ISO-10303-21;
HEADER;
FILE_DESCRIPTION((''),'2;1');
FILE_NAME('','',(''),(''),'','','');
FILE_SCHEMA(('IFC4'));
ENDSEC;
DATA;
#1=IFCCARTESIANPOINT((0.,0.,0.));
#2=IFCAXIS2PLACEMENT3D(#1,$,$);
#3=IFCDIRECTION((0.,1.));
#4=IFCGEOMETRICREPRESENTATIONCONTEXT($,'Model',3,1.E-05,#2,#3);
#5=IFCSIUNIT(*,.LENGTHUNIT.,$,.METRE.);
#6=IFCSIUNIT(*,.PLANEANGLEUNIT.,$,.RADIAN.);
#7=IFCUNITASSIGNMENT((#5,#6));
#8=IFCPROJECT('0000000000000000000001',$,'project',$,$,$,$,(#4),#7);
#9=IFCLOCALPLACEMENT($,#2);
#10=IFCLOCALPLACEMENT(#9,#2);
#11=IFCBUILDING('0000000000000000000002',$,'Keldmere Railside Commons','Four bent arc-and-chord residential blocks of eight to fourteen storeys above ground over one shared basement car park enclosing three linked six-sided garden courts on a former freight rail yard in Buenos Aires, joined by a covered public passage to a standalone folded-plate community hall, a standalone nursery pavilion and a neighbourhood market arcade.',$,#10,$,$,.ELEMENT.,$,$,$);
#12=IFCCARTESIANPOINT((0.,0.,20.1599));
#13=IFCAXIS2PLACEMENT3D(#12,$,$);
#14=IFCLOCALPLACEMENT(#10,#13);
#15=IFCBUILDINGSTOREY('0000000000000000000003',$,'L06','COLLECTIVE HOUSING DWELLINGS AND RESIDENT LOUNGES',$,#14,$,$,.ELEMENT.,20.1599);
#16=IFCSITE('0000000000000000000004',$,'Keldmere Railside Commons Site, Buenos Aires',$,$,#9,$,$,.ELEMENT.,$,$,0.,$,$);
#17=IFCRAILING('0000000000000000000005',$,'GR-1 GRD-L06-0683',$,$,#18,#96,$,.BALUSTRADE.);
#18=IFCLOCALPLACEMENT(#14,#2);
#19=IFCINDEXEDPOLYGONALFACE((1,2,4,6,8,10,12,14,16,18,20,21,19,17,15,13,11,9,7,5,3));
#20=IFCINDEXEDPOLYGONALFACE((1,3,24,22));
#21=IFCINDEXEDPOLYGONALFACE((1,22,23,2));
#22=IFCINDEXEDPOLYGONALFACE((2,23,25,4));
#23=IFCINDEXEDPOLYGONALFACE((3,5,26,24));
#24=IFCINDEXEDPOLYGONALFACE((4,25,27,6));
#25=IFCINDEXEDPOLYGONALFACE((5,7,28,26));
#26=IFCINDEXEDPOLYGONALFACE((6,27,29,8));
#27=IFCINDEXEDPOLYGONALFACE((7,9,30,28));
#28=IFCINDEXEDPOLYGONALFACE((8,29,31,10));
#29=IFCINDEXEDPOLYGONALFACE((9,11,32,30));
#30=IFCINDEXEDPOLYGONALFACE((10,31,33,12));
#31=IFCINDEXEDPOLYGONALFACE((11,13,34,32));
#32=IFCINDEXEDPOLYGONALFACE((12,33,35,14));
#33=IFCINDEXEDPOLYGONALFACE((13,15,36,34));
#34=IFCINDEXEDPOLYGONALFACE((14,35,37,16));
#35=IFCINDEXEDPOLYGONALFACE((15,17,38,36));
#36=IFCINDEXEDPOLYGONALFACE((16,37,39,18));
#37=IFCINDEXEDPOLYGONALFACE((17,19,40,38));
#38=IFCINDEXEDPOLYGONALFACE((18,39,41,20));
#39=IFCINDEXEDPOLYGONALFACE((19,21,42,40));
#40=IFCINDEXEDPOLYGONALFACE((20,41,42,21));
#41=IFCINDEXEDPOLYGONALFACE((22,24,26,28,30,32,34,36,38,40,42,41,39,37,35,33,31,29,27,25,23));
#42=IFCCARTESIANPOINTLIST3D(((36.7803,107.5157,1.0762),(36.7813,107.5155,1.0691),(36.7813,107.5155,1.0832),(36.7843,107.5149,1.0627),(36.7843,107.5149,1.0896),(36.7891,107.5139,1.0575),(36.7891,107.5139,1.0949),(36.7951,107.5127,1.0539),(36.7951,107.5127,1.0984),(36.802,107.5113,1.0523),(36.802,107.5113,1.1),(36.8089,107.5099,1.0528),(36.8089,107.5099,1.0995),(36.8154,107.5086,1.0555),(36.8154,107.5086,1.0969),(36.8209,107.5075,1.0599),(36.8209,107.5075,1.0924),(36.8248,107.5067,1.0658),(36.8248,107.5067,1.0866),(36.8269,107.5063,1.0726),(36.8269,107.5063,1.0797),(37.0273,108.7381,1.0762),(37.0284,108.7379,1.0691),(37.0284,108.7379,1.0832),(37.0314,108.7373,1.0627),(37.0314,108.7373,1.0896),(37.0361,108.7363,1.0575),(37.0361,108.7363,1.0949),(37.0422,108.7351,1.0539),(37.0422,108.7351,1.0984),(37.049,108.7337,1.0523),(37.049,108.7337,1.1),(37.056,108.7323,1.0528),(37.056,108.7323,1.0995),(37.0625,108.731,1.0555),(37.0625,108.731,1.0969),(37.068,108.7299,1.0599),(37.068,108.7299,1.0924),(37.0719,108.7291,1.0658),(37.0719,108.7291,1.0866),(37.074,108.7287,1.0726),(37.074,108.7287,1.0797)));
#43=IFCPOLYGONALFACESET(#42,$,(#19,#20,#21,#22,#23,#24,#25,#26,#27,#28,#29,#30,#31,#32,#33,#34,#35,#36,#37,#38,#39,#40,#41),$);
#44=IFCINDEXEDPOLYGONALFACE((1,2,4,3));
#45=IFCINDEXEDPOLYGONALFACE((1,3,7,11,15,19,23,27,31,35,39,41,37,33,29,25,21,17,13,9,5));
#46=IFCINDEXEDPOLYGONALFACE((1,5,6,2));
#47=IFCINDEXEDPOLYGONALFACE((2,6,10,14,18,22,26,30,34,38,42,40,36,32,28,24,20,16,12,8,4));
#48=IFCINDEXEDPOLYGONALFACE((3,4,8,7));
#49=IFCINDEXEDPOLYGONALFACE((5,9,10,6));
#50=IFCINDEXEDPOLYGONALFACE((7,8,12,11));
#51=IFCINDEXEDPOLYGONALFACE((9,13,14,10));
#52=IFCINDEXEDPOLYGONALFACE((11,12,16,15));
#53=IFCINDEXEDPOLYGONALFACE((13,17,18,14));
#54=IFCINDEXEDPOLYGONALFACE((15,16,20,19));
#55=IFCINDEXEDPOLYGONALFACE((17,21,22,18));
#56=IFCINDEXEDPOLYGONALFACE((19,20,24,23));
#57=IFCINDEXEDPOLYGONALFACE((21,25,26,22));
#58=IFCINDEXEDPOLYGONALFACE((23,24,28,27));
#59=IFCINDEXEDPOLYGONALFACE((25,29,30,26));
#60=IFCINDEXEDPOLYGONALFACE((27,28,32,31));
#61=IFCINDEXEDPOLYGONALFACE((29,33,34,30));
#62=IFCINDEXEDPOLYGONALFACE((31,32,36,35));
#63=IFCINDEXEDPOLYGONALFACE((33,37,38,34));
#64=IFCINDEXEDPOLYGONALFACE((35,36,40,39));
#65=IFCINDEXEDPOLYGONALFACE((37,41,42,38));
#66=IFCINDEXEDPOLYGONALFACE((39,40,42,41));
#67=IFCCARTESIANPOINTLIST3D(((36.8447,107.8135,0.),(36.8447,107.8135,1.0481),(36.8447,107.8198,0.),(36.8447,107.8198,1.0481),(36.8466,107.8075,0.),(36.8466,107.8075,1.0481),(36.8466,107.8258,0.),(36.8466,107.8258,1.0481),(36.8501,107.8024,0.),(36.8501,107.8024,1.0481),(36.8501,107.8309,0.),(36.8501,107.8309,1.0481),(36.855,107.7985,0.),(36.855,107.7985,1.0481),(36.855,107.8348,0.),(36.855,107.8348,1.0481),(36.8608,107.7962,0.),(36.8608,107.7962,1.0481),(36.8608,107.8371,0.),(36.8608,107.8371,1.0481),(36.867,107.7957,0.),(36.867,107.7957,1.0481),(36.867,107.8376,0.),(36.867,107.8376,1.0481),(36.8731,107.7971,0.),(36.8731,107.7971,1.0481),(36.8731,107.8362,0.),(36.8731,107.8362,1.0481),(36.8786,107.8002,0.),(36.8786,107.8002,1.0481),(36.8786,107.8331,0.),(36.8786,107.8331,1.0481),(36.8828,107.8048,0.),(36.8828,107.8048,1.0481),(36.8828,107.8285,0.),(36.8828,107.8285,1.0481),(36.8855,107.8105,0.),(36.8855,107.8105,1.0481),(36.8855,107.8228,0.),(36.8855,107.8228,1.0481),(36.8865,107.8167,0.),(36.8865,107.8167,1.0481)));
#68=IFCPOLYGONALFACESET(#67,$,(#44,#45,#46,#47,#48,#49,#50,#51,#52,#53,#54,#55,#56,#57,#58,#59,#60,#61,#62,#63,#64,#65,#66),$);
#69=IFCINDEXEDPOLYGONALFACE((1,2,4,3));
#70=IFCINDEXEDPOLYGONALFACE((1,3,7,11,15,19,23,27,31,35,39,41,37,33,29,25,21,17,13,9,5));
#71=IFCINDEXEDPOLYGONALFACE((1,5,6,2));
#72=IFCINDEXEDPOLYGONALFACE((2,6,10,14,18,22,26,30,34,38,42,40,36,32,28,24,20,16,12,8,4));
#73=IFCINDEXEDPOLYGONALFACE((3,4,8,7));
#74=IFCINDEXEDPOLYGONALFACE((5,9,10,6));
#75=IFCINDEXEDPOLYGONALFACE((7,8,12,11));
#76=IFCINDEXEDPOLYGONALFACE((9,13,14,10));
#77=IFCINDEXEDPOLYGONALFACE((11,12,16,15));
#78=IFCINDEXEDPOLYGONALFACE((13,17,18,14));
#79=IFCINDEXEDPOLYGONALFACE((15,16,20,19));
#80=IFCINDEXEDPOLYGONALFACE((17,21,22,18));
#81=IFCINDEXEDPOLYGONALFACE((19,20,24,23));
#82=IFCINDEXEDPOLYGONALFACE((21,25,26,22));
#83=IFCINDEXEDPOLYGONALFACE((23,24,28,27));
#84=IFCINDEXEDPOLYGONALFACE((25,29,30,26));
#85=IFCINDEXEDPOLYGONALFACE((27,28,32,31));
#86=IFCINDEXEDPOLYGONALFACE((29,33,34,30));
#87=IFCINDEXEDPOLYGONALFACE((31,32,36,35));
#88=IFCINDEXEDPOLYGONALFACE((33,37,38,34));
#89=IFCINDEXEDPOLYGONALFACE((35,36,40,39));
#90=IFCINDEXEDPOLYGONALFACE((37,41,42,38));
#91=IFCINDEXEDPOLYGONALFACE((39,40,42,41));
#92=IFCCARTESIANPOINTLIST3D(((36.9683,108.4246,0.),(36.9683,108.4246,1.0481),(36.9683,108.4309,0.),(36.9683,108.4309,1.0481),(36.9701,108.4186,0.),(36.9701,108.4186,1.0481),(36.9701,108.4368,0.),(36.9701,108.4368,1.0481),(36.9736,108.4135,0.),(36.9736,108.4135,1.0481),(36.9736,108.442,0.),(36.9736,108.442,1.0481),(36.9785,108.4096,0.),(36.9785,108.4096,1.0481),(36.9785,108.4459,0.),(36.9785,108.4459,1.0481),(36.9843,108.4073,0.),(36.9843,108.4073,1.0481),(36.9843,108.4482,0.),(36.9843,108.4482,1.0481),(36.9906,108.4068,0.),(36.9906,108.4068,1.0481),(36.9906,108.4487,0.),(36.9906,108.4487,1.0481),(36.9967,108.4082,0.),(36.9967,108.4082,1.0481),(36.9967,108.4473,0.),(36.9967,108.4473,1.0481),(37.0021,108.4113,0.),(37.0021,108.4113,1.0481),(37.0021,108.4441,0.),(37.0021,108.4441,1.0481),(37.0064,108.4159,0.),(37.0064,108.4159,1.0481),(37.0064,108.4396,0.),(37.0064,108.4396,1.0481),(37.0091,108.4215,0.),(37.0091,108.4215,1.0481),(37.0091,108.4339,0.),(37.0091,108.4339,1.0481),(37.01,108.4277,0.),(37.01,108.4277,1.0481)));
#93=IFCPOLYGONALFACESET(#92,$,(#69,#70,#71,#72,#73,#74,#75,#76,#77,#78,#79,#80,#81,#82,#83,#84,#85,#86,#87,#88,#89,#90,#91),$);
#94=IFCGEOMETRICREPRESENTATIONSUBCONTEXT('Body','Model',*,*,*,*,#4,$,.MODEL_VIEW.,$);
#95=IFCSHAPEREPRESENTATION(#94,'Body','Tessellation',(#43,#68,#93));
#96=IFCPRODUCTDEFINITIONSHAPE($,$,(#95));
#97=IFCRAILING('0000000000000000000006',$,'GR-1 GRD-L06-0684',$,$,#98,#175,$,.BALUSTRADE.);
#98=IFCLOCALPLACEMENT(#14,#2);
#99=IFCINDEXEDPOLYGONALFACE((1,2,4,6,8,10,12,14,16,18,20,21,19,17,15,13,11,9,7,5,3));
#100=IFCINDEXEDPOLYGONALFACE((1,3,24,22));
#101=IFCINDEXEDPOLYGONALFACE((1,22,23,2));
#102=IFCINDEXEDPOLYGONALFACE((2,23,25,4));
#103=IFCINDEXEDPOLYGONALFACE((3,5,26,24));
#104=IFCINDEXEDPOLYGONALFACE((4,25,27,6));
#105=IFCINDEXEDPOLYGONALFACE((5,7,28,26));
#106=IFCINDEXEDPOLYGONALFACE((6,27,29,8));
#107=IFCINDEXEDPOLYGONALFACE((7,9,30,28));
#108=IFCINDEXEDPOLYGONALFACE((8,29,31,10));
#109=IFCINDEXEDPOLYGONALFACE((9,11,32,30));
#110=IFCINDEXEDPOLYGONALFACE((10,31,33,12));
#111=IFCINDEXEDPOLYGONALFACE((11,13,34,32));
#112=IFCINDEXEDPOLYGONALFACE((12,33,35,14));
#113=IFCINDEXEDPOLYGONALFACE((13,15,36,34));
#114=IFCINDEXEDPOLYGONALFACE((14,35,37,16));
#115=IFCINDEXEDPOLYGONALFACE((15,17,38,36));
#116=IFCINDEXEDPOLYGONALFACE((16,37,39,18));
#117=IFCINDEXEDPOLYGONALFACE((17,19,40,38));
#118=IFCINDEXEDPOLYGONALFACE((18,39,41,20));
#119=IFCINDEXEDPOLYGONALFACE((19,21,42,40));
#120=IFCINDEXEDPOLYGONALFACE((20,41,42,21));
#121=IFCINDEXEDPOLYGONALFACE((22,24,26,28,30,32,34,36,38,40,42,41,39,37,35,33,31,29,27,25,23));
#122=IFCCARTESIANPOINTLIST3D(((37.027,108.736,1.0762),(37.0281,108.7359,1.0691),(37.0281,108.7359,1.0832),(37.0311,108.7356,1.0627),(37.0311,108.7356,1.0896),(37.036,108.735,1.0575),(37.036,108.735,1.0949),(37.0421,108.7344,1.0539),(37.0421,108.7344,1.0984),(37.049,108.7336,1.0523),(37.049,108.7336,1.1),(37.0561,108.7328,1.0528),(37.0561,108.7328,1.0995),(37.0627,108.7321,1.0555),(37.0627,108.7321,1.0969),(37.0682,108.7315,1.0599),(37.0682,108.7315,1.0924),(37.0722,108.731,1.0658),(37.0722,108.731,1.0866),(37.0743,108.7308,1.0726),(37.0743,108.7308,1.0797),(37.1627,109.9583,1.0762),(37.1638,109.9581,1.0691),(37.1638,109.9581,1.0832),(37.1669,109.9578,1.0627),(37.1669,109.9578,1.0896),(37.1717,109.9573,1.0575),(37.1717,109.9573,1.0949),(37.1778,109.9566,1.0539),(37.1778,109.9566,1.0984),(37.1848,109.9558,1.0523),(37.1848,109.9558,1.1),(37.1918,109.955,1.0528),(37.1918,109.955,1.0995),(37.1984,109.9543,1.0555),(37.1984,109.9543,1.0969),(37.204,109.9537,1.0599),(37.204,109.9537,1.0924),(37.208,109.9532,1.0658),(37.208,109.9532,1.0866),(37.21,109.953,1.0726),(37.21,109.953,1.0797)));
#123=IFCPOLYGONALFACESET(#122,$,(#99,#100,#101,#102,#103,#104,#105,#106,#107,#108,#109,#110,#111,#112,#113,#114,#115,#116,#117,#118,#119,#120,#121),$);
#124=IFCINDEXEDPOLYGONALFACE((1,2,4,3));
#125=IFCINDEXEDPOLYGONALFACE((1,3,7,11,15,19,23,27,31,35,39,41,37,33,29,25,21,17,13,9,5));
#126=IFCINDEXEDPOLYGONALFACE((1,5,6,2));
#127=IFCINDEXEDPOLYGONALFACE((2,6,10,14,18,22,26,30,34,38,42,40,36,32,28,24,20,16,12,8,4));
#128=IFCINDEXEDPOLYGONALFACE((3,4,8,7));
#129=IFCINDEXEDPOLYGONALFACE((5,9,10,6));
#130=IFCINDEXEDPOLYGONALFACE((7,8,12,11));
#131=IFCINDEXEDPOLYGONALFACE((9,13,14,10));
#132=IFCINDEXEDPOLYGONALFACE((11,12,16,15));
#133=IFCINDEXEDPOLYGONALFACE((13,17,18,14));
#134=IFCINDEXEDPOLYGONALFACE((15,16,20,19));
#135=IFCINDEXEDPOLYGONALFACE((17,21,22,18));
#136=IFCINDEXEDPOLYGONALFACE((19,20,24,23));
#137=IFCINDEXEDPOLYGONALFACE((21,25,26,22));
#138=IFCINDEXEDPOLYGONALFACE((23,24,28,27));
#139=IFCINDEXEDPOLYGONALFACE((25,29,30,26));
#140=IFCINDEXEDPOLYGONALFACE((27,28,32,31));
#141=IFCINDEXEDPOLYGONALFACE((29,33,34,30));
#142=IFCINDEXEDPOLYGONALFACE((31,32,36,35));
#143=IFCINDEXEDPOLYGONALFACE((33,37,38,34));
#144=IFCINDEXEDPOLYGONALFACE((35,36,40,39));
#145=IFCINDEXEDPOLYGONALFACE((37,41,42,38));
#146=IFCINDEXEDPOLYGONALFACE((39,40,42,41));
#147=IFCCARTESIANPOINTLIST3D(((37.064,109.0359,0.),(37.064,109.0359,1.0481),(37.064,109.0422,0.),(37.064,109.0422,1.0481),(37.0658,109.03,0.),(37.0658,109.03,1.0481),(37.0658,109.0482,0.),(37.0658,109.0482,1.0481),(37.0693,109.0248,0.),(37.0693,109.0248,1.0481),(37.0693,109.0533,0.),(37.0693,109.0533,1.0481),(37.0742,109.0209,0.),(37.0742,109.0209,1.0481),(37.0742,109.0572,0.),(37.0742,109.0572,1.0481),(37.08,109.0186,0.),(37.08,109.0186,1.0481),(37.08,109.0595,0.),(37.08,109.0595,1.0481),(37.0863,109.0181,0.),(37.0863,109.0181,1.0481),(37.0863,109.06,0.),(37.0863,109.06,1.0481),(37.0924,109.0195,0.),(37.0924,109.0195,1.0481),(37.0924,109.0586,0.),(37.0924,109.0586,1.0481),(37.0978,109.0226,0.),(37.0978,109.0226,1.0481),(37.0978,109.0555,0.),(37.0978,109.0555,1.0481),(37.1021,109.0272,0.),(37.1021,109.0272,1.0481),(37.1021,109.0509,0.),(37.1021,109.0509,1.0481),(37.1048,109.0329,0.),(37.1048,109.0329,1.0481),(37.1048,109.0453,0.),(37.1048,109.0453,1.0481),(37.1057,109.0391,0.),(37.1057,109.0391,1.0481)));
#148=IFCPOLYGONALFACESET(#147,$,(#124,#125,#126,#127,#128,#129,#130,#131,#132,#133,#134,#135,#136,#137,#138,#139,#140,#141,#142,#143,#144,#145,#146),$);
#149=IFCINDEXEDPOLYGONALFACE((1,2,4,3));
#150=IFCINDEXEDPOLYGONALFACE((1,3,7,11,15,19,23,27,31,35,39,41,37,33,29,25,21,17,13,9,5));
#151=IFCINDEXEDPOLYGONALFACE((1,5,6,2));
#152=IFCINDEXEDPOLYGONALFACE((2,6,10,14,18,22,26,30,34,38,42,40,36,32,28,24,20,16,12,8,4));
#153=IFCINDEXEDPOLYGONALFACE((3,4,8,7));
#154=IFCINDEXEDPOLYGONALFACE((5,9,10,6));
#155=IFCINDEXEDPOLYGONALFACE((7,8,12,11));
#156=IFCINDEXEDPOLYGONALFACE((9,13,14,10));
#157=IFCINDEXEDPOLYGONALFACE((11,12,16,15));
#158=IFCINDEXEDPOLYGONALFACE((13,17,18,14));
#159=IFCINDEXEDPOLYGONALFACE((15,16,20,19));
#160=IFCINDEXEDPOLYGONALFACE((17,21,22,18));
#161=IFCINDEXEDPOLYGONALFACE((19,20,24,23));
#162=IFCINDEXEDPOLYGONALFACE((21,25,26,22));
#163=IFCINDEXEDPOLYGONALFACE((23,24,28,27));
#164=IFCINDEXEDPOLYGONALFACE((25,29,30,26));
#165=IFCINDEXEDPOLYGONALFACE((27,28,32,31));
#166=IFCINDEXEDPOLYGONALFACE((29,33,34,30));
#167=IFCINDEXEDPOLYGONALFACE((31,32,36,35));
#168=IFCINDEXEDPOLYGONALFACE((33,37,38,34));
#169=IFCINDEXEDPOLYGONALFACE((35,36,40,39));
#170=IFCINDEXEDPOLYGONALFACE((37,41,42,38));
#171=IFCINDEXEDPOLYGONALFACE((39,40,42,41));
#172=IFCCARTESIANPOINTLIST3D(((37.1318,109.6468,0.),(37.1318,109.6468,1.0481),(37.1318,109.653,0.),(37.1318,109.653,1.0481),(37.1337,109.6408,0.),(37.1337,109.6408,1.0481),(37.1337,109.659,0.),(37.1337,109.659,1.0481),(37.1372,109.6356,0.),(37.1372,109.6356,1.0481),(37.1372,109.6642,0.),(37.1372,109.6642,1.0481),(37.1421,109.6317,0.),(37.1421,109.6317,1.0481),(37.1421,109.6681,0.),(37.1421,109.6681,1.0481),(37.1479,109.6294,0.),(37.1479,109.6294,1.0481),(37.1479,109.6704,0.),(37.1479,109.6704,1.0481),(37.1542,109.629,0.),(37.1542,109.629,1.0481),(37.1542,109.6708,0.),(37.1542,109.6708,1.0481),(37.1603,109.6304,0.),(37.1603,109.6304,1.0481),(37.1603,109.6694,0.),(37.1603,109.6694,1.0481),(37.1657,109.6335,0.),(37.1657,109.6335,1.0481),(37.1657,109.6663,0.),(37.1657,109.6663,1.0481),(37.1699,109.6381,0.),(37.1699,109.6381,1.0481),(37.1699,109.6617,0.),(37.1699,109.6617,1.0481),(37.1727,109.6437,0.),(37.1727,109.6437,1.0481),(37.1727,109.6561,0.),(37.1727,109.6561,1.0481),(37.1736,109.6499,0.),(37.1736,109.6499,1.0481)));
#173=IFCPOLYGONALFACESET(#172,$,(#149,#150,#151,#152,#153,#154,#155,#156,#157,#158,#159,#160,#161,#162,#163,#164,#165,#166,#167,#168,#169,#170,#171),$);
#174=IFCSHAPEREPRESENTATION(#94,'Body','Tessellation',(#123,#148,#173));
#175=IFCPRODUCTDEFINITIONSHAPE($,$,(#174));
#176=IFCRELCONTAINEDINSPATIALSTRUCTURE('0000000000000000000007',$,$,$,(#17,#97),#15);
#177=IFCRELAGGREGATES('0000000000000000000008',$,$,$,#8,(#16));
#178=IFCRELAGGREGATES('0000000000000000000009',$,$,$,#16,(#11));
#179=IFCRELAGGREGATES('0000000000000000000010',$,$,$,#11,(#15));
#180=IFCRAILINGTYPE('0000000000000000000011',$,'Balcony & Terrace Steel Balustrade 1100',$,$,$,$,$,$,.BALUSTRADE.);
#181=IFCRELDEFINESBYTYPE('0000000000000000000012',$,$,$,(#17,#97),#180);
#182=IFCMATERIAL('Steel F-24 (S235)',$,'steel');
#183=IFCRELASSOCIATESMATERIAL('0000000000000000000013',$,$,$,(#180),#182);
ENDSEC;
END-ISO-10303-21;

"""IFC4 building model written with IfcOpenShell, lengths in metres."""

from ifc_helpers import new_model, si_unit, direction, frame, origin, origin_2d, place, context, subcontext, project, spatial, circle, extrude, material, type_object, element, save


model = new_model("IFC4")

# Units and contexts
model_context = context("Model", 3, precision=1e-05, world=origin(), true_north=direction((0.0, 1.0)))
body_context = subcontext(model_context, "Body", "Model", "MODEL_VIEW")
ifc_project = project(units=[si_unit("LENGTHUNIT", "METRE"), si_unit("PLANEANGLEUNIT", "RADIAN")], contexts=[model_context])

# Site, building, storey
site_placement = place(None, origin())
site = spatial("IfcSite", under=ifc_project, at=site_placement, Name="Keldmere Railside Commons Site, Buenos Aires", CompositionType="ELEMENT", RefElevation=0.0)
building_placement = place(site_placement, origin())
building = spatial("IfcBuilding", under=site, at=building_placement, Name="Keldmere Railside Commons", Description="Four bent arc-and-chord residential blocks of eight to fourteen storeys above ground over one shared basement car park enclosing three linked six-sided garden courts on a former freight rail yard in Buenos Aires, joined by a covered public passage to a standalone folded-plate community hall, a standalone nursery pavilion and a neighbourhood market arcade.", CompositionType="ELEMENT")
storey_placement = place(building_placement, frame((0.0, 0.0, 20.1599)))
storey = spatial("IfcBuildingStorey", under=building, at=storey_placement, Name="L06", Description="COLLECTIVE HOUSING DWELLINGS AND RESIDENT LOUNGES", CompositionType="ELEMENT", Elevation=20.1599)

# Shared definitions
ifc_material_1 = material(Name="Steel F-24 (S235)", Category="steel")

# Railings
railing_type = type_object("IfcRailingType", Name="Balcony & Terrace Steel Balustrade 1100", PredefinedType="BALUSTRADE", material=ifc_material_1)
railing_1_placement = place(storey_placement, frame((36.8037, 107.511, 0.0)))
element("IfcRailing", 1, at=railing_1_placement, inside=storey, type_object=railing_type, Name="GR-1 GRD-L06-0683", PredefinedType="BALUSTRADE", context=body_context, shape_type="SweptSolid", body=[
    extrude(circle(Radius=0.0239, at=origin_2d()), frame((0.0, 0.0, 1.0762), z_axis=(0.198111, 0.98018, 0.0), x_axis=(-0.98018, 0.198111, 0.0)), (0.0, 0.0, 1.0), 1.2471),
    extrude(circle(Radius=0.021, at=origin_2d()), frame((0.0618, 0.3057, 0.0)), (0.0, 0.0, 1.0), 1.0481),
    extrude(circle(Radius=0.021, at=origin_2d()), frame((0.1853, 0.9167, 0.0)), (0.0, 0.0, 1.0), 1.0481),
])
railing_2_placement = place(storey_placement, frame((37.0508, 108.7334, 0.0)))
element("IfcRailing", 2, at=railing_2_placement, inside=storey, type_object=railing_type, Name="GR-1 GRD-L06-0684", PredefinedType="BALUSTRADE", context=body_context, shape_type="SweptSolid", body=[
    extrude(circle(Radius=0.0239, at=origin_2d()), frame((0.0, 0.0, 1.0762), z_axis=(0.110388, 0.993889, 0.0), x_axis=(-0.993889, 0.110388, 0.0)), (0.0, 0.0, 1.0), 1.2297),
    extrude(circle(Radius=0.021, at=origin_2d()), frame((0.0339, 0.3057, 0.0)), (0.0, 0.0, 1.0), 1.0481),
    extrude(circle(Radius=0.021, at=origin_2d()), frame((0.1018, 0.9165, 0.0)), (0.0, 0.0, 1.0), 1.0481),
])

save(model, "model.ifc")
